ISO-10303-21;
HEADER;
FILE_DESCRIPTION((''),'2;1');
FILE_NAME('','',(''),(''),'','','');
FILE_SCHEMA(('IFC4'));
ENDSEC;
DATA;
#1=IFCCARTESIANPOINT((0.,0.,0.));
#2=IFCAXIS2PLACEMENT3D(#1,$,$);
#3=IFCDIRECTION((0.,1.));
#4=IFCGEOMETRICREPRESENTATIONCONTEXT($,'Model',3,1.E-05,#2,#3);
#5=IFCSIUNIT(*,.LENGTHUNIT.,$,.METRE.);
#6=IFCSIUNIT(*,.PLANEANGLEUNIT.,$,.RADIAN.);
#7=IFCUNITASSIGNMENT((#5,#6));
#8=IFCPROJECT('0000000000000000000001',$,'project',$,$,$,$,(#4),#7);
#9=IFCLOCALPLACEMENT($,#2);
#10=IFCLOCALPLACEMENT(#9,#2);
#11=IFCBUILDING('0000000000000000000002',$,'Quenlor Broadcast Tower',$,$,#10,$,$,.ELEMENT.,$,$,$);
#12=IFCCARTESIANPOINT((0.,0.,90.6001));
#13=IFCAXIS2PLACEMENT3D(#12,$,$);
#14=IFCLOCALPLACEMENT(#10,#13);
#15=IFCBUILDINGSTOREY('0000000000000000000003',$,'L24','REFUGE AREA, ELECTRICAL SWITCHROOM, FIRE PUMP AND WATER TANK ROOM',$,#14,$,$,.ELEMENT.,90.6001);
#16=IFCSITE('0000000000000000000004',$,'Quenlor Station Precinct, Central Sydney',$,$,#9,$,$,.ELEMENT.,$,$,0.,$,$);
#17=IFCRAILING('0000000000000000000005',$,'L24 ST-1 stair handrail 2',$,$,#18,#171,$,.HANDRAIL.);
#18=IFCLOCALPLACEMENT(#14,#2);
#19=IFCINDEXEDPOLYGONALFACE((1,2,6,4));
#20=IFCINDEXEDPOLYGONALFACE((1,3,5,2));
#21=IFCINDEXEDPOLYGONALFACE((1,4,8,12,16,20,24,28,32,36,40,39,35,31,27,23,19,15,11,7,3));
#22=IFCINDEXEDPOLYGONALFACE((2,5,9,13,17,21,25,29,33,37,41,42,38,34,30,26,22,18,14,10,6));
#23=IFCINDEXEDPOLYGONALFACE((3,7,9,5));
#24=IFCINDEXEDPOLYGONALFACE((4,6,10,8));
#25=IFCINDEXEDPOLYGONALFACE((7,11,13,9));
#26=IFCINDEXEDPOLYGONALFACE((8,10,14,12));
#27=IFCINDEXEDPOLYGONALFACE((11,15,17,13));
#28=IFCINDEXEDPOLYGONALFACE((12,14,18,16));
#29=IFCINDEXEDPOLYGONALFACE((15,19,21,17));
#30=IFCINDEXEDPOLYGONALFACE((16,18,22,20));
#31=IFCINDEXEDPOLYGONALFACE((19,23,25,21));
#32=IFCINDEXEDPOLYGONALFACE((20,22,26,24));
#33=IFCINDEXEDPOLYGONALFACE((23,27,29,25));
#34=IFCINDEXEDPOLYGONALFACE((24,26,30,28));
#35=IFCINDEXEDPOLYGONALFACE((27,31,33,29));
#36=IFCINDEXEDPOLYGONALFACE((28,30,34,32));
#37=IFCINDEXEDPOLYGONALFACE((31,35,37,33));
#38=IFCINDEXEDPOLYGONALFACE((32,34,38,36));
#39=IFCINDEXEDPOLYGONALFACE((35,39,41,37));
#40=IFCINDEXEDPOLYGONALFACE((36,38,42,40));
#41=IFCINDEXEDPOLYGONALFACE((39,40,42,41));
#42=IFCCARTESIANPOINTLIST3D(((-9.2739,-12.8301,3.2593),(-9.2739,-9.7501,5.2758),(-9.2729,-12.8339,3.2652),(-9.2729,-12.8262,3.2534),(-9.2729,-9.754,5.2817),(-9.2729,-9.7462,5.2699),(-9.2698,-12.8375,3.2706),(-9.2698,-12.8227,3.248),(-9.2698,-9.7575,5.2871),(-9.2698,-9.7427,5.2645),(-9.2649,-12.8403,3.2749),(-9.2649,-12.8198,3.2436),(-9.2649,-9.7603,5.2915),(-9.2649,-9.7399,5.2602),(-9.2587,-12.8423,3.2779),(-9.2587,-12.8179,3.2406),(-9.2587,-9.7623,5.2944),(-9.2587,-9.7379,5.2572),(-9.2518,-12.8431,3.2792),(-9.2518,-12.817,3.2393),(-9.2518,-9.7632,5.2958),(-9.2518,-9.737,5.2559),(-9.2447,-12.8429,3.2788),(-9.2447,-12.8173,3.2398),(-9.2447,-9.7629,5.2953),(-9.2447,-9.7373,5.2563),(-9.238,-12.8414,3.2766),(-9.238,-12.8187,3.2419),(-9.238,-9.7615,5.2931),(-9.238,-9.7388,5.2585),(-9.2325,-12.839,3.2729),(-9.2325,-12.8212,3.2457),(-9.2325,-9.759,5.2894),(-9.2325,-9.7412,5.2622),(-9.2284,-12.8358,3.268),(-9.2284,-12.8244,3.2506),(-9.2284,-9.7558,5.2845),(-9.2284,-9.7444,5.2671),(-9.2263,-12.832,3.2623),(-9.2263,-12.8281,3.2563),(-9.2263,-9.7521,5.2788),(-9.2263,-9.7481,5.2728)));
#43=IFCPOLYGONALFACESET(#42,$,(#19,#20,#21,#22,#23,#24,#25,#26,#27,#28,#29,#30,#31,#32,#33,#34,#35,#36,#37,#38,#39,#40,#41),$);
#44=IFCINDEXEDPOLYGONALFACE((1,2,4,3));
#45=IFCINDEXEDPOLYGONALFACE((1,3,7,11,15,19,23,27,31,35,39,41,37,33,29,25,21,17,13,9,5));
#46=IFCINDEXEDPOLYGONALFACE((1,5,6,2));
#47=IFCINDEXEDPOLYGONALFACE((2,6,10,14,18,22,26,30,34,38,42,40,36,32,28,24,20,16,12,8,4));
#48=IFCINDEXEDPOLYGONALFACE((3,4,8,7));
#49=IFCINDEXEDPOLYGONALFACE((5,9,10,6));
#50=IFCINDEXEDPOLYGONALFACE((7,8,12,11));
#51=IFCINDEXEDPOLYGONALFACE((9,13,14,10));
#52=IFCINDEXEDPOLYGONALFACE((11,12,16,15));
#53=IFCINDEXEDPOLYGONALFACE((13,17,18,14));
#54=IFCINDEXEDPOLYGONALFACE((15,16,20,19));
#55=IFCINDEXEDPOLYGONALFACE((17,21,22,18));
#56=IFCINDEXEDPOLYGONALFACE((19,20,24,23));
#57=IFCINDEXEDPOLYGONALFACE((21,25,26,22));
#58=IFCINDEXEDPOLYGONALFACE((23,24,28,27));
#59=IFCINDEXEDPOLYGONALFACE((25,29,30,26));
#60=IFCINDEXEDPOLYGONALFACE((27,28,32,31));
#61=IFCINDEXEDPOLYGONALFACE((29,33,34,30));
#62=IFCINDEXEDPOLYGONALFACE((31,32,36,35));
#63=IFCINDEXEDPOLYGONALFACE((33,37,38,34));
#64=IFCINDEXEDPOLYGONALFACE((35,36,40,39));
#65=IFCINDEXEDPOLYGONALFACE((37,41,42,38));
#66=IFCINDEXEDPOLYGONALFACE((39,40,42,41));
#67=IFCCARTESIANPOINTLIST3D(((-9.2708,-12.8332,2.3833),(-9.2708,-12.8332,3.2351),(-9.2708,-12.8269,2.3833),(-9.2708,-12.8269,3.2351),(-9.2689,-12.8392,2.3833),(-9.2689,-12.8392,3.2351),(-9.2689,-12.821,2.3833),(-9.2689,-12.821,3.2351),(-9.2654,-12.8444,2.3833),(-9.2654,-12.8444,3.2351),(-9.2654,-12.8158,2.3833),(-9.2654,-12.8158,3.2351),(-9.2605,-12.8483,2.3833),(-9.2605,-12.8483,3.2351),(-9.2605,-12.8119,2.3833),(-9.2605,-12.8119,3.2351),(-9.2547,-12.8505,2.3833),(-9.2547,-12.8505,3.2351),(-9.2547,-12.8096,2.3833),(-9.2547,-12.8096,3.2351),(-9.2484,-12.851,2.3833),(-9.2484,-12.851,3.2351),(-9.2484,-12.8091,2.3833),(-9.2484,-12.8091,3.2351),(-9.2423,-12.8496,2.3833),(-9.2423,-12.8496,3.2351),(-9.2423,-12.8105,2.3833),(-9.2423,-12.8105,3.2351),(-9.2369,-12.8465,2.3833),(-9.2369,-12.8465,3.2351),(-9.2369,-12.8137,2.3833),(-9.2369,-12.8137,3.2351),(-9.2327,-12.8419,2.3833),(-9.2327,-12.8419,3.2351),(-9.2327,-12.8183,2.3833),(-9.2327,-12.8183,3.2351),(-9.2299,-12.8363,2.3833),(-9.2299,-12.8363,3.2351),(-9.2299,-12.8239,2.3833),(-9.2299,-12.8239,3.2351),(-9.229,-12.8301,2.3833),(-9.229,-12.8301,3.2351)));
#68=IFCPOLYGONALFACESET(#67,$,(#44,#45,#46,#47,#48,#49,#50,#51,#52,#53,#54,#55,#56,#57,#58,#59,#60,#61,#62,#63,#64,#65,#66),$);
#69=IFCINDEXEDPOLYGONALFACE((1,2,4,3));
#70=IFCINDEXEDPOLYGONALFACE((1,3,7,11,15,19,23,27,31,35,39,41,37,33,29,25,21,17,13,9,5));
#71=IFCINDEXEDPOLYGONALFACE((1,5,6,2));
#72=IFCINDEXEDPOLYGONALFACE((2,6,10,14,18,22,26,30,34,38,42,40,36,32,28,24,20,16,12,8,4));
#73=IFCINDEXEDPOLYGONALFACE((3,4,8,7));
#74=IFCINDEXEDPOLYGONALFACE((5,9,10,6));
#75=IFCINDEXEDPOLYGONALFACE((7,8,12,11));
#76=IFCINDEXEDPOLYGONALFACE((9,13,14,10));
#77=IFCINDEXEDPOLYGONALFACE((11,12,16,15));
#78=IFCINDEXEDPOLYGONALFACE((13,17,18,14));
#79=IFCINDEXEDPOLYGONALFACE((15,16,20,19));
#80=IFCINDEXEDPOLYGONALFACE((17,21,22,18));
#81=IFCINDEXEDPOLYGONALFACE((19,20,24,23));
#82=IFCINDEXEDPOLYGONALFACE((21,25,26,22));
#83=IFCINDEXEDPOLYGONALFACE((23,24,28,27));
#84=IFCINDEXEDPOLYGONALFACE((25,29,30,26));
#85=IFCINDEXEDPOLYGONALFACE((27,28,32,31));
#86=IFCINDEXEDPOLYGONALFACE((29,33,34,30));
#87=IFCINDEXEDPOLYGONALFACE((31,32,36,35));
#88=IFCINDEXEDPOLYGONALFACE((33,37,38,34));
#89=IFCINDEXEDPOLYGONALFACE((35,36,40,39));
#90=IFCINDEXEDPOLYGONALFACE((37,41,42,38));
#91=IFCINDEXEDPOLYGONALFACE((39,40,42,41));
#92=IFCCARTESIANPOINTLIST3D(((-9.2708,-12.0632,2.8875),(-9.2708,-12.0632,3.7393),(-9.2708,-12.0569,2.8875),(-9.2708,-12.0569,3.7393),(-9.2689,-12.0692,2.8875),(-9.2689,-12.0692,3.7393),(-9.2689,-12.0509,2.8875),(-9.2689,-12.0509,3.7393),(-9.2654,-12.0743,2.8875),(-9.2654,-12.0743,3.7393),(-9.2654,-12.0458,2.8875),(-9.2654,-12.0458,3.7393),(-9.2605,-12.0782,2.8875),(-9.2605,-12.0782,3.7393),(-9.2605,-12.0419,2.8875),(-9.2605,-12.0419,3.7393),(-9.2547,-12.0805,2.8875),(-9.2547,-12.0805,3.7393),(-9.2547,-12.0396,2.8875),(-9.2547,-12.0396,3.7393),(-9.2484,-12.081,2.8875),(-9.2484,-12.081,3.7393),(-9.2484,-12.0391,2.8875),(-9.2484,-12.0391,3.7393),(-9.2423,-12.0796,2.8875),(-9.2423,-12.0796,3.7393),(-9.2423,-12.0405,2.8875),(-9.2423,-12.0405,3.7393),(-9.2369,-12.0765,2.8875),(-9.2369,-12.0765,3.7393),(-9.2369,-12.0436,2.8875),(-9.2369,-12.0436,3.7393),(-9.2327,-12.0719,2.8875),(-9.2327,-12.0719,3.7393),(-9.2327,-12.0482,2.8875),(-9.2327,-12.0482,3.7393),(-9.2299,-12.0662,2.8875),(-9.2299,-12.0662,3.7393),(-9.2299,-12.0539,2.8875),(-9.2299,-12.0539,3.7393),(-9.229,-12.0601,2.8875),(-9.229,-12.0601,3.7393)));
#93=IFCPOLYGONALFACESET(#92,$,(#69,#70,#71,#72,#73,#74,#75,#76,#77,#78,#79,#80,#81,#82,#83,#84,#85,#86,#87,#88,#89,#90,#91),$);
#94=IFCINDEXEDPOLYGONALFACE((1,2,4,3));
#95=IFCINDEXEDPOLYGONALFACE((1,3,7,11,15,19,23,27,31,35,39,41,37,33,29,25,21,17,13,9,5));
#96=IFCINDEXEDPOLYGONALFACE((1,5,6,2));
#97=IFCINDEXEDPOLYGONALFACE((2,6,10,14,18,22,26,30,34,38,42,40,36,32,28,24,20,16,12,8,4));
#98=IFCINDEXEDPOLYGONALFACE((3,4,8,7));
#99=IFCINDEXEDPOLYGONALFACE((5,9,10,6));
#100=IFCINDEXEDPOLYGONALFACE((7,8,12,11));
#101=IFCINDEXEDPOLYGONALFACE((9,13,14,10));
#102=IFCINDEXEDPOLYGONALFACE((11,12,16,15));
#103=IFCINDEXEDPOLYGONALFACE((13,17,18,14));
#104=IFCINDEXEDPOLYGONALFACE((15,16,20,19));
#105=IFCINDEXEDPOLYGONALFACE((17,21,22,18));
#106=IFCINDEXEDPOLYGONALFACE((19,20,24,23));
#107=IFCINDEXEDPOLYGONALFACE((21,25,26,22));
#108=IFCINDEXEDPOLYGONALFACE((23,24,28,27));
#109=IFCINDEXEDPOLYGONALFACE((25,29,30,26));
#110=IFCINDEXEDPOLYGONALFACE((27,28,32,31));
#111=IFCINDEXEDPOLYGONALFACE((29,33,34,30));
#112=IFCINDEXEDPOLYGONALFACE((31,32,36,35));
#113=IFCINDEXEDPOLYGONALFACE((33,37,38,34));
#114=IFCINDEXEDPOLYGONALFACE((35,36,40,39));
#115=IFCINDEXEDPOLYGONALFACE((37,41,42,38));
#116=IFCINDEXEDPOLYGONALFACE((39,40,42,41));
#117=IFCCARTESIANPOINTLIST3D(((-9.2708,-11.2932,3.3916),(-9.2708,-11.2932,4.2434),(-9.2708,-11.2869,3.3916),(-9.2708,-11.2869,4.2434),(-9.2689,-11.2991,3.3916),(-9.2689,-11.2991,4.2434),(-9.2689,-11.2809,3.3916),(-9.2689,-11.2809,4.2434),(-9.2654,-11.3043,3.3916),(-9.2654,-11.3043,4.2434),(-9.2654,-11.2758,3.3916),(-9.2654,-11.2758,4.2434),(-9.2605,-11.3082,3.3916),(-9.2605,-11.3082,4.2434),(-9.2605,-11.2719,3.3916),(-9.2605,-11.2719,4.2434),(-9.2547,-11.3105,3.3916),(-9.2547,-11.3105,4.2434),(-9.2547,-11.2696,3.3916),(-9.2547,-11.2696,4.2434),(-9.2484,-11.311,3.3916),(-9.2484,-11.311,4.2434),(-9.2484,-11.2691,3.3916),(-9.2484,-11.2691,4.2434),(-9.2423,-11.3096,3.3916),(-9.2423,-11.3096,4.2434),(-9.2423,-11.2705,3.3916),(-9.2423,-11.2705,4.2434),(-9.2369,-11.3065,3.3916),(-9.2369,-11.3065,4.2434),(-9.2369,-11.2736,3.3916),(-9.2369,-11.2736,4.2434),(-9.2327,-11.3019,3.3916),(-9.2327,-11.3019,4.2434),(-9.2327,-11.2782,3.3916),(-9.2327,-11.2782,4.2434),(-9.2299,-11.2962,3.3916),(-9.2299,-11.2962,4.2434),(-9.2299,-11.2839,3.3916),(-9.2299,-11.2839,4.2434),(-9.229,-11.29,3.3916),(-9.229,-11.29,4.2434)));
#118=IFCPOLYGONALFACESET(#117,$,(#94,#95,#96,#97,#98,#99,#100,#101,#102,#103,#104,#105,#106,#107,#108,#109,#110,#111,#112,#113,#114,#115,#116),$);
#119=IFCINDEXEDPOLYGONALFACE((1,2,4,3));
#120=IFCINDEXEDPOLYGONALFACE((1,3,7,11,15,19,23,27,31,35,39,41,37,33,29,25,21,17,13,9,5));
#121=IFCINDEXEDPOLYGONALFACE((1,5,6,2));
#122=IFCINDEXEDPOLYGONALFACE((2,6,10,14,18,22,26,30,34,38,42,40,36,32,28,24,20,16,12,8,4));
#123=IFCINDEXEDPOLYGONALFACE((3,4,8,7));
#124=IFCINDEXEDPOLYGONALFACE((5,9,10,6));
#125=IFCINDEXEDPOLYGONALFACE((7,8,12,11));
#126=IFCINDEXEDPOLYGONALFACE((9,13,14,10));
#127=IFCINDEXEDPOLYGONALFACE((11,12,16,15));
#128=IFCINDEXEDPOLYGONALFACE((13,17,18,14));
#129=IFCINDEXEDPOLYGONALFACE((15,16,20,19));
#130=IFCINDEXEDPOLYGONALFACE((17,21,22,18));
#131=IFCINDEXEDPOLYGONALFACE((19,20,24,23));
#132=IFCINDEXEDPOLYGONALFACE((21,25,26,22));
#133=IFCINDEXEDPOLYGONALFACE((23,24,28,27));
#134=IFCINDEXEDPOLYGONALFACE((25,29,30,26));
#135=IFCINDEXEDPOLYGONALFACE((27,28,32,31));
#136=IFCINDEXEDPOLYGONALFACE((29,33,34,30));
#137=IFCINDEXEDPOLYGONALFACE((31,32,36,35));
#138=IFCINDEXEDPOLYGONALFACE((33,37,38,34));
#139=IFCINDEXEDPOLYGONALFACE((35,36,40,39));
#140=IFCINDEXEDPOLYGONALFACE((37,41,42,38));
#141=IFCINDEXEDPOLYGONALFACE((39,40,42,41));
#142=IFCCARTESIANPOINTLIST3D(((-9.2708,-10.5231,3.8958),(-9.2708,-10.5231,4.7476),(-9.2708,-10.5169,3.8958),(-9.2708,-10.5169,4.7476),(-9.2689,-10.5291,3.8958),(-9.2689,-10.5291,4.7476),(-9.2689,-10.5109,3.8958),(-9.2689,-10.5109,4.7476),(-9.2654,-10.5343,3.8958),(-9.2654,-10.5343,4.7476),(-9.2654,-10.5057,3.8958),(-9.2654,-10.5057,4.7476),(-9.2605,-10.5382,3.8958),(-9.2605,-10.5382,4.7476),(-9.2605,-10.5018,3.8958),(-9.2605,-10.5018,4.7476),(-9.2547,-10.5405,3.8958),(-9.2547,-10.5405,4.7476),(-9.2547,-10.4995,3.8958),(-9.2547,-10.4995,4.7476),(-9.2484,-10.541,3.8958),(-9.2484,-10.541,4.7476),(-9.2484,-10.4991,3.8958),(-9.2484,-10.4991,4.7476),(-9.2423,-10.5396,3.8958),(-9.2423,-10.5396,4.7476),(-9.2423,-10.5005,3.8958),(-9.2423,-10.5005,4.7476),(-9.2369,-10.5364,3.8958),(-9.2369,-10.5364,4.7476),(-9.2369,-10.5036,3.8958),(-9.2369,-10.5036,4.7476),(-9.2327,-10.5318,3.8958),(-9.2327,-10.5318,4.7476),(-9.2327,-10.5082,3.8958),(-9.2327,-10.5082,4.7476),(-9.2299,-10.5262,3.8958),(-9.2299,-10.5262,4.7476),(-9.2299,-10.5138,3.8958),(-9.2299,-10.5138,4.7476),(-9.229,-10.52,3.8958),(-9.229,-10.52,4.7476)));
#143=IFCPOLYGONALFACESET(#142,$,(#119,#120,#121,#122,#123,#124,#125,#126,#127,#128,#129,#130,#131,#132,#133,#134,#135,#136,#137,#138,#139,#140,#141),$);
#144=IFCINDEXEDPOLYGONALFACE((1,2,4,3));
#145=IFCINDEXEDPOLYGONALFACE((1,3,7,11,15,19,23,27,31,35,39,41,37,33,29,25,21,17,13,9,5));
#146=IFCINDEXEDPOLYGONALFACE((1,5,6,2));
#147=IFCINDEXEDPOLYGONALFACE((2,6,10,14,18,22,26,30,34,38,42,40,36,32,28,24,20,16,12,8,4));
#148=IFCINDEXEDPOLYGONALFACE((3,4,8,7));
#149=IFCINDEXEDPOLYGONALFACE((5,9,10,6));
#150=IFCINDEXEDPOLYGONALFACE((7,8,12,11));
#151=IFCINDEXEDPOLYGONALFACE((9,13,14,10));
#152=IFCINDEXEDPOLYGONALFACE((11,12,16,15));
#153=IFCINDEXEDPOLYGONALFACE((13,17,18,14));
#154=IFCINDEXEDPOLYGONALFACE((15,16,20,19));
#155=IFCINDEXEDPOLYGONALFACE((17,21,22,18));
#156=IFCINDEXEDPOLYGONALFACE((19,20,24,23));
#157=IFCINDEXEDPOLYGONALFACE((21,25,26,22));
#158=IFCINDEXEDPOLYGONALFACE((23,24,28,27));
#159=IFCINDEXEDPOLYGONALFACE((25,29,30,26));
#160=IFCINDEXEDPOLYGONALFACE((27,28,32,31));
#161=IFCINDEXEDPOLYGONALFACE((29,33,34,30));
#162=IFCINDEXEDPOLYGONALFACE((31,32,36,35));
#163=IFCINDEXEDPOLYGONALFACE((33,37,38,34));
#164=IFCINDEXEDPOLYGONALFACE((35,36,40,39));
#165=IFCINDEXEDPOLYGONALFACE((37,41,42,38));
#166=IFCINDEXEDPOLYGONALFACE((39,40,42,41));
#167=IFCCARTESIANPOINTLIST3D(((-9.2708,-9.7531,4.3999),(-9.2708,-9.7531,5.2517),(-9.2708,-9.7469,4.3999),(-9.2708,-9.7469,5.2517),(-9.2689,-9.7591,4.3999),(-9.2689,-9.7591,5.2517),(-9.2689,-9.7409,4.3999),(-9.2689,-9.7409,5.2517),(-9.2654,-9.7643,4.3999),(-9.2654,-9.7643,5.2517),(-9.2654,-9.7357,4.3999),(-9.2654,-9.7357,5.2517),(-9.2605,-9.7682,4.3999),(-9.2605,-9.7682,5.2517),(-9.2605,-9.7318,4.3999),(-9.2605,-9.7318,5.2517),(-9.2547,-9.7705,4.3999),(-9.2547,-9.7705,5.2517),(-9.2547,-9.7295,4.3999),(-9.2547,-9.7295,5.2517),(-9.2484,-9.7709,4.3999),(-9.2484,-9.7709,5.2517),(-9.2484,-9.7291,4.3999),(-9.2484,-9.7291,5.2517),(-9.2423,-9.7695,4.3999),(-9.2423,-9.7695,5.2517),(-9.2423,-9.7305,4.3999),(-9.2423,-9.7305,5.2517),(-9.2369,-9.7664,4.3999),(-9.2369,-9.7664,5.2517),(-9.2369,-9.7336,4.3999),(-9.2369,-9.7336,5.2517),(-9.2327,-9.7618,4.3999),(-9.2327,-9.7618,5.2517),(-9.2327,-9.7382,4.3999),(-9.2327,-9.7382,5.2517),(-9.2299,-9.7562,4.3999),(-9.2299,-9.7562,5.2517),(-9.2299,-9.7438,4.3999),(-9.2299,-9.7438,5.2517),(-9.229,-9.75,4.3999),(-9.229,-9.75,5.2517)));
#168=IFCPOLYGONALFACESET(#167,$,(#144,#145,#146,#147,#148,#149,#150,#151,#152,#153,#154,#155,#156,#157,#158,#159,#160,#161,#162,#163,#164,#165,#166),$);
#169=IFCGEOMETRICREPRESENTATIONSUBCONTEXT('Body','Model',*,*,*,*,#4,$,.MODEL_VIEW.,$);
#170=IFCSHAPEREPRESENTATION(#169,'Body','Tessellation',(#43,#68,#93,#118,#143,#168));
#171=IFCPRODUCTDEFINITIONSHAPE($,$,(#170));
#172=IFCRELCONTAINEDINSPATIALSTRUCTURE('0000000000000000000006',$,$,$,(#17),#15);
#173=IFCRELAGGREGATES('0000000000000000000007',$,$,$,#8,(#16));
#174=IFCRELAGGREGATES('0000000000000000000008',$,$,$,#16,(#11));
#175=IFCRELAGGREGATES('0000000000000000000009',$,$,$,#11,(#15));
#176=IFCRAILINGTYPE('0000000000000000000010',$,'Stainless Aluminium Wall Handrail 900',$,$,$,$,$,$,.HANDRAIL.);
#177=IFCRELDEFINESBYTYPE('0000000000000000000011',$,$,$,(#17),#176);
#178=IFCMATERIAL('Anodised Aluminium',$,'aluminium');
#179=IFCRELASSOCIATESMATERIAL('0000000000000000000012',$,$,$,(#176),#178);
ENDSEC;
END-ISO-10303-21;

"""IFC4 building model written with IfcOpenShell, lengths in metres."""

from ifc_helpers import new_model, si_unit, direction, frame, origin, origin_2d, place, context, subcontext, project, spatial, circle, extrude, material, type_object, element, save


model = new_model("IFC4")

# Units and contexts
model_context = context("Model", 3, precision=1e-05, world=origin(), true_north=direction((0.0, 1.0)))
body_context = subcontext(model_context, "Body", "Model", "MODEL_VIEW")
ifc_project = project(units=[si_unit("LENGTHUNIT", "METRE"), si_unit("PLANEANGLEUNIT", "RADIAN")], contexts=[model_context])

# Site, building, storey
site_placement = place(None, origin())
site = spatial("IfcSite", under=ifc_project, at=site_placement, Name="Quenlor Station Precinct, Central Sydney", CompositionType="ELEMENT", RefElevation=0.0)
building_placement = place(site_placement, origin())
building = spatial("IfcBuilding", under=site, at=building_placement, Name="Quenlor Broadcast Tower", CompositionType="ELEMENT")
storey_placement = place(building_placement, frame((0.0, 0.0, 90.6001)))
storey = spatial("IfcBuildingStorey", under=building, at=storey_placement, Name="L24", Description="REFUGE AREA, ELECTRICAL SWITCHROOM, FIRE PUMP AND WATER TANK ROOM", CompositionType="ELEMENT", Elevation=90.6001)

# Railing
ifc_material_1 = material(Name="Anodised Aluminium", Category="aluminium")
railing_type = type_object("IfcRailingType", Name="Stainless Aluminium Wall Handrail 900", PredefinedType="HANDRAIL", material=ifc_material_1)
railing_placement = place(storey_placement, frame((-9.25, -12.8301, 2.3833)))
element("IfcRailing", 1, at=railing_placement, inside=storey, type_object=railing_type, Name="L24 ST-1 stair handrail 2", PredefinedType="HANDRAIL", context=body_context, shape_type="SweptSolid", body=[
    extrude(circle(Radius=0.0239, at=origin_2d()), frame((0.0, 0.0, 0.876), z_axis=(0.0, 0.836633, 0.547764), x_axis=(-1.0, 0.0, 0.0)), (0.0, 0.0, 1.0), 3.6814),
    extrude(circle(Radius=0.021, at=origin_2d()), origin(), (0.0, 0.0, 1.0), 0.8518),
    extrude(circle(Radius=0.021, at=origin_2d()), frame((0.0, 0.77, 0.5042)), (0.0, 0.0, 1.0), 0.8518),
    extrude(circle(Radius=0.021, at=origin_2d()), frame((0.0, 1.54, 1.0083)), (0.0, 0.0, 1.0), 0.8518),
    extrude(circle(Radius=0.021, at=origin_2d()), frame((0.0, 2.3101, 1.5125)), (0.0, 0.0, 1.0), 0.8518),
    extrude(circle(Radius=0.021, at=origin_2d()), frame((0.0, 3.0801, 2.0166)), (0.0, 0.0, 1.0), 0.8518),
])

save(model, "model.ifc")
